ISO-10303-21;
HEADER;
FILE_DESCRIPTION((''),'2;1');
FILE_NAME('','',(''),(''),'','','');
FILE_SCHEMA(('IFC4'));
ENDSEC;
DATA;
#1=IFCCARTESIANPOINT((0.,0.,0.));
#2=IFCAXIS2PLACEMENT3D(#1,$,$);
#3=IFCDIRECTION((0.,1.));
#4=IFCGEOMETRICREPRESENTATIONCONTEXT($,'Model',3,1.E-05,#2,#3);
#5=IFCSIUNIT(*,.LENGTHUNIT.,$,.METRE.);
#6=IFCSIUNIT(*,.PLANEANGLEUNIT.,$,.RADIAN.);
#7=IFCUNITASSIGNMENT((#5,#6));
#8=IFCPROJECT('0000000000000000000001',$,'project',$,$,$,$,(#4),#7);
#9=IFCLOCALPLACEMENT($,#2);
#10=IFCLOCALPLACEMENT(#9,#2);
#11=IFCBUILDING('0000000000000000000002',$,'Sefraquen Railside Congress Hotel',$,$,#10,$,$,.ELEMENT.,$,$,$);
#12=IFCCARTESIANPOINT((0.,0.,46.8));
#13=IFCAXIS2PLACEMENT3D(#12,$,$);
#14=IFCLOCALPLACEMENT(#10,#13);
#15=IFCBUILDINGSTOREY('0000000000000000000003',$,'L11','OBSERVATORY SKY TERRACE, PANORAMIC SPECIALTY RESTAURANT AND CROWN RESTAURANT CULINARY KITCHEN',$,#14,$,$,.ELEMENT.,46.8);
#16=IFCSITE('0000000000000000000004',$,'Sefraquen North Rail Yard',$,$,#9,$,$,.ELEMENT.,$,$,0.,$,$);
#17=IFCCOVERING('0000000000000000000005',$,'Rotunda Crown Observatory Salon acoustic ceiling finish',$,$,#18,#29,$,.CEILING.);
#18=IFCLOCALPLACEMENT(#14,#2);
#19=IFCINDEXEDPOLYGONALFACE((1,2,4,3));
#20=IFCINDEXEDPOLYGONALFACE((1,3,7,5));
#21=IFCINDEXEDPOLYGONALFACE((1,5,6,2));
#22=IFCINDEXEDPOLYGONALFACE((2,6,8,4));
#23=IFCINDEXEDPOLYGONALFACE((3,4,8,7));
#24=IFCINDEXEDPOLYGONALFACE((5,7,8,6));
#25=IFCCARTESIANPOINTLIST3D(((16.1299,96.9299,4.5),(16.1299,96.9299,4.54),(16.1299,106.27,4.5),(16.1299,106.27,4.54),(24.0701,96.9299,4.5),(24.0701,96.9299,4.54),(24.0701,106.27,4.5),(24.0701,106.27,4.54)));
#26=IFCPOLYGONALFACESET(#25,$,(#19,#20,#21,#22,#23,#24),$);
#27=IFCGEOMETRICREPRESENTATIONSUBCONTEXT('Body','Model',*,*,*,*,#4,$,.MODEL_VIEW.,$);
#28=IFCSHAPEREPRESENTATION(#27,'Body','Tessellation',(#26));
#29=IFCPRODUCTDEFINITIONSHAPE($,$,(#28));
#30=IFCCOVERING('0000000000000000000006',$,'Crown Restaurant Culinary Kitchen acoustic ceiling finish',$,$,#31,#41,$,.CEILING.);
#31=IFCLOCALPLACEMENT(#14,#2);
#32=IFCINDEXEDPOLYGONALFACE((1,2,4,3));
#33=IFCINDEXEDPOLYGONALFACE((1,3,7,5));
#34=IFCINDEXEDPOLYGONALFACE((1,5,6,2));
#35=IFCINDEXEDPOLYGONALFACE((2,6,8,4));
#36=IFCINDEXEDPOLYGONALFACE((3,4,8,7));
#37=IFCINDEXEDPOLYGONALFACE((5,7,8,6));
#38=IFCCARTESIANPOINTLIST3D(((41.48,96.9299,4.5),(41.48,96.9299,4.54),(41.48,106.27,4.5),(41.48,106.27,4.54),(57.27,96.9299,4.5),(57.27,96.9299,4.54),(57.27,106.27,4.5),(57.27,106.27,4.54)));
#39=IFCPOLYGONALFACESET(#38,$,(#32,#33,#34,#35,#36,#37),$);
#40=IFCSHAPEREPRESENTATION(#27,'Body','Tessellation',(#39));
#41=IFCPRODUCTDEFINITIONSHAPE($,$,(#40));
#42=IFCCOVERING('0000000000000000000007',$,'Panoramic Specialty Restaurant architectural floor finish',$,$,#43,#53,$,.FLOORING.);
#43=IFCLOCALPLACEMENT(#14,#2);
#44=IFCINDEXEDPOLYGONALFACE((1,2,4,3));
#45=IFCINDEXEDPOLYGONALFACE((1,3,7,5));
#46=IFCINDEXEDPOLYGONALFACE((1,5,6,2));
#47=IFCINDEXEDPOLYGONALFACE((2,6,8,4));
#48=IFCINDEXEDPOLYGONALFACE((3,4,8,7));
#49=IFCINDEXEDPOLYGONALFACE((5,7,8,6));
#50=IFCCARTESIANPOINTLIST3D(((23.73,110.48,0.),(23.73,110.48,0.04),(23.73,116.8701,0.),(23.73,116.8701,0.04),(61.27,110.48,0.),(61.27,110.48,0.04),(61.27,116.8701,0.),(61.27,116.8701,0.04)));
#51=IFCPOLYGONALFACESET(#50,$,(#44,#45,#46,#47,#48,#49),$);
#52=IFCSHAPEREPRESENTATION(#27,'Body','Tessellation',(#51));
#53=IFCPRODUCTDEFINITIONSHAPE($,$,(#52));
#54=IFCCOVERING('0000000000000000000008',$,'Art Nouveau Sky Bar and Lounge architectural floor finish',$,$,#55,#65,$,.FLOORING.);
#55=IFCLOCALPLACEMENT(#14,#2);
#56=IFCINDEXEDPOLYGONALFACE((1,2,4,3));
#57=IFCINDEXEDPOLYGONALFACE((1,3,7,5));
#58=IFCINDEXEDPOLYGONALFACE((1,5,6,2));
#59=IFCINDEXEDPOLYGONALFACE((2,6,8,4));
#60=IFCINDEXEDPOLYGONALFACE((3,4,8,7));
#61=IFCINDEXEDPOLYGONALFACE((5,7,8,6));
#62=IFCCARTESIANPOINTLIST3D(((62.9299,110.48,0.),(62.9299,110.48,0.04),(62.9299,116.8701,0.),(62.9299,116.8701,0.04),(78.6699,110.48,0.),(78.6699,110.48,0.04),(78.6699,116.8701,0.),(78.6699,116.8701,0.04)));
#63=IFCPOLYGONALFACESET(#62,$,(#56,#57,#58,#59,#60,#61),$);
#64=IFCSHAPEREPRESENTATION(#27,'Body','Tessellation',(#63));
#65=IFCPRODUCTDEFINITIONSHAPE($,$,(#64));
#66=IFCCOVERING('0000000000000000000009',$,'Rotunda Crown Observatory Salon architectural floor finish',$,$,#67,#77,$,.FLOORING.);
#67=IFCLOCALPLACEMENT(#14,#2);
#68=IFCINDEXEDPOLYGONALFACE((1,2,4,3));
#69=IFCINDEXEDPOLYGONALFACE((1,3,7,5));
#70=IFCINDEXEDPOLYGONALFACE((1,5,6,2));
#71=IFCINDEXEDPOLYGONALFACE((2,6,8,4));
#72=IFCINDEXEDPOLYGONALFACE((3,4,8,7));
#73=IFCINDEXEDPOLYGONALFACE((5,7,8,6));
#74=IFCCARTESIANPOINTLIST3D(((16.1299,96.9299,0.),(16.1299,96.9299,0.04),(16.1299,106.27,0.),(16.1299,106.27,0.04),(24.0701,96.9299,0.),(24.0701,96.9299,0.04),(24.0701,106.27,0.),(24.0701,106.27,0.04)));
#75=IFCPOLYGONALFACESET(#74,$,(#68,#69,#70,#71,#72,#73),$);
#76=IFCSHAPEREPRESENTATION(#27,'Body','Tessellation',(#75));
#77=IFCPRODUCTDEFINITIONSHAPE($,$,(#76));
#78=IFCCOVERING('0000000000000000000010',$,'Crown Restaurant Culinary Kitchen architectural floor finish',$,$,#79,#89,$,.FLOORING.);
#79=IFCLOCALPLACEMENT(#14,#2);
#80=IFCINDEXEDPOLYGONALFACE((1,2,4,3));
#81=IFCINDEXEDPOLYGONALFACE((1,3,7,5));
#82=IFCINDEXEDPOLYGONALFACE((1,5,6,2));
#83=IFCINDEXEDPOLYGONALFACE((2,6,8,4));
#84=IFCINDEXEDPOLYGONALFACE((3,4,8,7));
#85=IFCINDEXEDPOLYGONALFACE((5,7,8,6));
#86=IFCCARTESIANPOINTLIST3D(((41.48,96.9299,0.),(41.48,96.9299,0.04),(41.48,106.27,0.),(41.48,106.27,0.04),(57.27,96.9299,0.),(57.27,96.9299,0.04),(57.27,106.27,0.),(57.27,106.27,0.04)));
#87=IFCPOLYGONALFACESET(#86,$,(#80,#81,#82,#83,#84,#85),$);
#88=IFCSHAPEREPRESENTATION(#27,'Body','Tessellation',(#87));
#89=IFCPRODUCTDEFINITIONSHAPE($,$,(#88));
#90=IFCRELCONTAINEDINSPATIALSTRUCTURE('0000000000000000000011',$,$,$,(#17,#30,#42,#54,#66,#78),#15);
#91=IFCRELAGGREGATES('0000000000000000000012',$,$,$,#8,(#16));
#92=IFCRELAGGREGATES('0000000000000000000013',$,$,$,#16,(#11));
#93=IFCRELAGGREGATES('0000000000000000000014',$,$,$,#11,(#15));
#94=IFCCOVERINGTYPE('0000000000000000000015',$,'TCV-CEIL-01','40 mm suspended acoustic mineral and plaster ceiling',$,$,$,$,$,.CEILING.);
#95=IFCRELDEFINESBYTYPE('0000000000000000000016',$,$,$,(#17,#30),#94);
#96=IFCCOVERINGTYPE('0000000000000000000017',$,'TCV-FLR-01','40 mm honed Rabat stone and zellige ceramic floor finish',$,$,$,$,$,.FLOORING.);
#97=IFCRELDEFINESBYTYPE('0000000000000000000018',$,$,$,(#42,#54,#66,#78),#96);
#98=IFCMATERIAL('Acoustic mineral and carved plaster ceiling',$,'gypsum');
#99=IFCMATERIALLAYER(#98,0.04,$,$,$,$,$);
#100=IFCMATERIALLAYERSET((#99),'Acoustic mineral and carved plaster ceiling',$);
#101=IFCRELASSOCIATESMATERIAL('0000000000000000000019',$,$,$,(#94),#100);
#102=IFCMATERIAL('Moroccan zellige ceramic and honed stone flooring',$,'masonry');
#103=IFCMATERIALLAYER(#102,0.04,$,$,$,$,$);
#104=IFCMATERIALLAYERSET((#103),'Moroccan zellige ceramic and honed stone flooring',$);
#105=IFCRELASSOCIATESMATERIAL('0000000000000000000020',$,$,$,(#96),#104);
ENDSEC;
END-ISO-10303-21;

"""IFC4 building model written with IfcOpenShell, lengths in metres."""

from ifc_helpers import new_model, si_unit, direction, frame, origin, place, context, subcontext, project, spatial, polyline, outline, extrude, material, layer, layer_set, type_object, element, save


model = new_model("IFC4")

# Units and contexts
model_context = context("Model", 3, precision=1e-05, world=origin(), true_north=direction((0.0, 1.0)))
body_context = subcontext(model_context, "Body", "Model", "MODEL_VIEW")
ifc_project = project(units=[si_unit("LENGTHUNIT", "METRE"), si_unit("PLANEANGLEUNIT", "RADIAN")], contexts=[model_context])

# Site, building, storey
site_placement = place(None, origin())
site = spatial("IfcSite", under=ifc_project, at=site_placement, Name="Sefraquen North Rail Yard", CompositionType="ELEMENT", RefElevation=0.0)
building_placement = place(site_placement, origin())
building = spatial("IfcBuilding", under=site, at=building_placement, Name="Sefraquen Railside Congress Hotel", CompositionType="ELEMENT")
storey_placement = place(building_placement, frame((0.0, 0.0, 46.8)))
storey = spatial("IfcBuildingStorey", under=building, at=storey_placement, Name="L11", Description="OBSERVATORY SKY TERRACE, PANORAMIC SPECIALTY RESTAURANT AND CROWN RESTAURANT CULINARY KITCHEN", CompositionType="ELEMENT", Elevation=46.8)

# Coverings
ifc_material_1 = material(Name="Acoustic mineral and carved plaster ceiling", Category="gypsum")
ifc_layer_1 = layer(ifc_material_1, 0.04)
ifc_layer_set_1 = layer_set([ifc_layer_1], Name="Acoustic mineral and carved plaster ceiling")
covering_type_1 = type_object("IfcCoveringType", Name="TCV-CEIL-01", Description="40 mm suspended acoustic mineral and plaster ceiling", PredefinedType="CEILING", material=ifc_layer_set_1)
covering_1_placement = place(storey_placement, frame((0.0, 0.0, 4.5)))
element("IfcCovering", 1, at=covering_1_placement, inside=storey, type_object=covering_type_1, Name="Rotunda Crown Observatory Salon acoustic ceiling finish", PredefinedType="CEILING", context=body_context, shape_type="SweptSolid", body=[
    extrude(outline(polyline([(16.1299, 96.9299), (24.0701, 96.9299), (24.0701, 106.27), (16.1299, 106.27), (16.1299, 96.9299)])), origin(), (0.0, 0.0, 1.0), 0.04),
])
covering_2_placement = place(storey_placement, frame((0.0, 0.0, 4.5)))
element("IfcCovering", 2, at=covering_2_placement, inside=storey, type_object=covering_type_1, Name="Crown Restaurant Culinary Kitchen acoustic ceiling finish", PredefinedType="CEILING", context=body_context, shape_type="SweptSolid", body=[
    extrude(outline(polyline([(41.48, 96.9299), (57.27, 96.9299), (57.27, 106.27), (41.48, 106.27), (41.48, 96.9299)])), origin(), (0.0, 0.0, 1.0), 0.04),
])
ifc_material_2 = material(Name="Moroccan zellige ceramic and honed stone flooring", Category="masonry")
ifc_layer_2 = layer(ifc_material_2, 0.04)
ifc_layer_set_2 = layer_set([ifc_layer_2], Name="Moroccan zellige ceramic and honed stone flooring")
covering_type_2 = type_object("IfcCoveringType", Name="TCV-FLR-01", Description="40 mm honed Rabat stone and zellige ceramic floor finish", PredefinedType="FLOORING", material=ifc_layer_set_2)
covering_3_placement = place(storey_placement, origin())
element("IfcCovering", 3, at=covering_3_placement, inside=storey, type_object=covering_type_2, Name="Panoramic Specialty Restaurant architectural floor finish", PredefinedType="FLOORING", context=body_context, shape_type="SweptSolid", body=[
    extrude(outline(polyline([(23.73, 110.48), (61.27, 110.48), (61.27, 116.8701), (23.73, 116.8701), (23.73, 110.48)])), origin(), (0.0, 0.0, 1.0), 0.04),
])
covering_4_placement = place(storey_placement, origin())
element("IfcCovering", 4, at=covering_4_placement, inside=storey, type_object=covering_type_2, Name="Art Nouveau Sky Bar and Lounge architectural floor finish", PredefinedType="FLOORING", context=body_context, shape_type="SweptSolid", body=[
    extrude(outline(polyline([(62.9299, 110.48), (78.6699, 110.48), (78.6699, 116.8701), (62.9299, 116.8701), (62.9299, 110.48)])), origin(), (0.0, 0.0, 1.0), 0.04),
])
covering_5_placement = place(storey_placement, origin())
element("IfcCovering", 5, at=covering_5_placement, inside=storey, type_object=covering_type_2, Name="Rotunda Crown Observatory Salon architectural floor finish", PredefinedType="FLOORING", context=body_context, shape_type="SweptSolid", body=[
    extrude(outline(polyline([(16.1299, 96.9299), (24.0701, 96.9299), (24.0701, 106.27), (16.1299, 106.27), (16.1299, 96.9299)])), origin(), (0.0, 0.0, 1.0), 0.04),
])
covering_6_placement = place(storey_placement, origin())
element("IfcCovering", 6, at=covering_6_placement, inside=storey, type_object=covering_type_2, Name="Crown Restaurant Culinary Kitchen architectural floor finish", PredefinedType="FLOORING", context=body_context, shape_type="SweptSolid", body=[
    extrude(outline(polyline([(41.48, 96.9299), (57.27, 96.9299), (57.27, 106.27), (41.48, 106.27), (41.48, 96.9299)])), origin(), (0.0, 0.0, 1.0), 0.04),
])

save(model, "model.ifc")
